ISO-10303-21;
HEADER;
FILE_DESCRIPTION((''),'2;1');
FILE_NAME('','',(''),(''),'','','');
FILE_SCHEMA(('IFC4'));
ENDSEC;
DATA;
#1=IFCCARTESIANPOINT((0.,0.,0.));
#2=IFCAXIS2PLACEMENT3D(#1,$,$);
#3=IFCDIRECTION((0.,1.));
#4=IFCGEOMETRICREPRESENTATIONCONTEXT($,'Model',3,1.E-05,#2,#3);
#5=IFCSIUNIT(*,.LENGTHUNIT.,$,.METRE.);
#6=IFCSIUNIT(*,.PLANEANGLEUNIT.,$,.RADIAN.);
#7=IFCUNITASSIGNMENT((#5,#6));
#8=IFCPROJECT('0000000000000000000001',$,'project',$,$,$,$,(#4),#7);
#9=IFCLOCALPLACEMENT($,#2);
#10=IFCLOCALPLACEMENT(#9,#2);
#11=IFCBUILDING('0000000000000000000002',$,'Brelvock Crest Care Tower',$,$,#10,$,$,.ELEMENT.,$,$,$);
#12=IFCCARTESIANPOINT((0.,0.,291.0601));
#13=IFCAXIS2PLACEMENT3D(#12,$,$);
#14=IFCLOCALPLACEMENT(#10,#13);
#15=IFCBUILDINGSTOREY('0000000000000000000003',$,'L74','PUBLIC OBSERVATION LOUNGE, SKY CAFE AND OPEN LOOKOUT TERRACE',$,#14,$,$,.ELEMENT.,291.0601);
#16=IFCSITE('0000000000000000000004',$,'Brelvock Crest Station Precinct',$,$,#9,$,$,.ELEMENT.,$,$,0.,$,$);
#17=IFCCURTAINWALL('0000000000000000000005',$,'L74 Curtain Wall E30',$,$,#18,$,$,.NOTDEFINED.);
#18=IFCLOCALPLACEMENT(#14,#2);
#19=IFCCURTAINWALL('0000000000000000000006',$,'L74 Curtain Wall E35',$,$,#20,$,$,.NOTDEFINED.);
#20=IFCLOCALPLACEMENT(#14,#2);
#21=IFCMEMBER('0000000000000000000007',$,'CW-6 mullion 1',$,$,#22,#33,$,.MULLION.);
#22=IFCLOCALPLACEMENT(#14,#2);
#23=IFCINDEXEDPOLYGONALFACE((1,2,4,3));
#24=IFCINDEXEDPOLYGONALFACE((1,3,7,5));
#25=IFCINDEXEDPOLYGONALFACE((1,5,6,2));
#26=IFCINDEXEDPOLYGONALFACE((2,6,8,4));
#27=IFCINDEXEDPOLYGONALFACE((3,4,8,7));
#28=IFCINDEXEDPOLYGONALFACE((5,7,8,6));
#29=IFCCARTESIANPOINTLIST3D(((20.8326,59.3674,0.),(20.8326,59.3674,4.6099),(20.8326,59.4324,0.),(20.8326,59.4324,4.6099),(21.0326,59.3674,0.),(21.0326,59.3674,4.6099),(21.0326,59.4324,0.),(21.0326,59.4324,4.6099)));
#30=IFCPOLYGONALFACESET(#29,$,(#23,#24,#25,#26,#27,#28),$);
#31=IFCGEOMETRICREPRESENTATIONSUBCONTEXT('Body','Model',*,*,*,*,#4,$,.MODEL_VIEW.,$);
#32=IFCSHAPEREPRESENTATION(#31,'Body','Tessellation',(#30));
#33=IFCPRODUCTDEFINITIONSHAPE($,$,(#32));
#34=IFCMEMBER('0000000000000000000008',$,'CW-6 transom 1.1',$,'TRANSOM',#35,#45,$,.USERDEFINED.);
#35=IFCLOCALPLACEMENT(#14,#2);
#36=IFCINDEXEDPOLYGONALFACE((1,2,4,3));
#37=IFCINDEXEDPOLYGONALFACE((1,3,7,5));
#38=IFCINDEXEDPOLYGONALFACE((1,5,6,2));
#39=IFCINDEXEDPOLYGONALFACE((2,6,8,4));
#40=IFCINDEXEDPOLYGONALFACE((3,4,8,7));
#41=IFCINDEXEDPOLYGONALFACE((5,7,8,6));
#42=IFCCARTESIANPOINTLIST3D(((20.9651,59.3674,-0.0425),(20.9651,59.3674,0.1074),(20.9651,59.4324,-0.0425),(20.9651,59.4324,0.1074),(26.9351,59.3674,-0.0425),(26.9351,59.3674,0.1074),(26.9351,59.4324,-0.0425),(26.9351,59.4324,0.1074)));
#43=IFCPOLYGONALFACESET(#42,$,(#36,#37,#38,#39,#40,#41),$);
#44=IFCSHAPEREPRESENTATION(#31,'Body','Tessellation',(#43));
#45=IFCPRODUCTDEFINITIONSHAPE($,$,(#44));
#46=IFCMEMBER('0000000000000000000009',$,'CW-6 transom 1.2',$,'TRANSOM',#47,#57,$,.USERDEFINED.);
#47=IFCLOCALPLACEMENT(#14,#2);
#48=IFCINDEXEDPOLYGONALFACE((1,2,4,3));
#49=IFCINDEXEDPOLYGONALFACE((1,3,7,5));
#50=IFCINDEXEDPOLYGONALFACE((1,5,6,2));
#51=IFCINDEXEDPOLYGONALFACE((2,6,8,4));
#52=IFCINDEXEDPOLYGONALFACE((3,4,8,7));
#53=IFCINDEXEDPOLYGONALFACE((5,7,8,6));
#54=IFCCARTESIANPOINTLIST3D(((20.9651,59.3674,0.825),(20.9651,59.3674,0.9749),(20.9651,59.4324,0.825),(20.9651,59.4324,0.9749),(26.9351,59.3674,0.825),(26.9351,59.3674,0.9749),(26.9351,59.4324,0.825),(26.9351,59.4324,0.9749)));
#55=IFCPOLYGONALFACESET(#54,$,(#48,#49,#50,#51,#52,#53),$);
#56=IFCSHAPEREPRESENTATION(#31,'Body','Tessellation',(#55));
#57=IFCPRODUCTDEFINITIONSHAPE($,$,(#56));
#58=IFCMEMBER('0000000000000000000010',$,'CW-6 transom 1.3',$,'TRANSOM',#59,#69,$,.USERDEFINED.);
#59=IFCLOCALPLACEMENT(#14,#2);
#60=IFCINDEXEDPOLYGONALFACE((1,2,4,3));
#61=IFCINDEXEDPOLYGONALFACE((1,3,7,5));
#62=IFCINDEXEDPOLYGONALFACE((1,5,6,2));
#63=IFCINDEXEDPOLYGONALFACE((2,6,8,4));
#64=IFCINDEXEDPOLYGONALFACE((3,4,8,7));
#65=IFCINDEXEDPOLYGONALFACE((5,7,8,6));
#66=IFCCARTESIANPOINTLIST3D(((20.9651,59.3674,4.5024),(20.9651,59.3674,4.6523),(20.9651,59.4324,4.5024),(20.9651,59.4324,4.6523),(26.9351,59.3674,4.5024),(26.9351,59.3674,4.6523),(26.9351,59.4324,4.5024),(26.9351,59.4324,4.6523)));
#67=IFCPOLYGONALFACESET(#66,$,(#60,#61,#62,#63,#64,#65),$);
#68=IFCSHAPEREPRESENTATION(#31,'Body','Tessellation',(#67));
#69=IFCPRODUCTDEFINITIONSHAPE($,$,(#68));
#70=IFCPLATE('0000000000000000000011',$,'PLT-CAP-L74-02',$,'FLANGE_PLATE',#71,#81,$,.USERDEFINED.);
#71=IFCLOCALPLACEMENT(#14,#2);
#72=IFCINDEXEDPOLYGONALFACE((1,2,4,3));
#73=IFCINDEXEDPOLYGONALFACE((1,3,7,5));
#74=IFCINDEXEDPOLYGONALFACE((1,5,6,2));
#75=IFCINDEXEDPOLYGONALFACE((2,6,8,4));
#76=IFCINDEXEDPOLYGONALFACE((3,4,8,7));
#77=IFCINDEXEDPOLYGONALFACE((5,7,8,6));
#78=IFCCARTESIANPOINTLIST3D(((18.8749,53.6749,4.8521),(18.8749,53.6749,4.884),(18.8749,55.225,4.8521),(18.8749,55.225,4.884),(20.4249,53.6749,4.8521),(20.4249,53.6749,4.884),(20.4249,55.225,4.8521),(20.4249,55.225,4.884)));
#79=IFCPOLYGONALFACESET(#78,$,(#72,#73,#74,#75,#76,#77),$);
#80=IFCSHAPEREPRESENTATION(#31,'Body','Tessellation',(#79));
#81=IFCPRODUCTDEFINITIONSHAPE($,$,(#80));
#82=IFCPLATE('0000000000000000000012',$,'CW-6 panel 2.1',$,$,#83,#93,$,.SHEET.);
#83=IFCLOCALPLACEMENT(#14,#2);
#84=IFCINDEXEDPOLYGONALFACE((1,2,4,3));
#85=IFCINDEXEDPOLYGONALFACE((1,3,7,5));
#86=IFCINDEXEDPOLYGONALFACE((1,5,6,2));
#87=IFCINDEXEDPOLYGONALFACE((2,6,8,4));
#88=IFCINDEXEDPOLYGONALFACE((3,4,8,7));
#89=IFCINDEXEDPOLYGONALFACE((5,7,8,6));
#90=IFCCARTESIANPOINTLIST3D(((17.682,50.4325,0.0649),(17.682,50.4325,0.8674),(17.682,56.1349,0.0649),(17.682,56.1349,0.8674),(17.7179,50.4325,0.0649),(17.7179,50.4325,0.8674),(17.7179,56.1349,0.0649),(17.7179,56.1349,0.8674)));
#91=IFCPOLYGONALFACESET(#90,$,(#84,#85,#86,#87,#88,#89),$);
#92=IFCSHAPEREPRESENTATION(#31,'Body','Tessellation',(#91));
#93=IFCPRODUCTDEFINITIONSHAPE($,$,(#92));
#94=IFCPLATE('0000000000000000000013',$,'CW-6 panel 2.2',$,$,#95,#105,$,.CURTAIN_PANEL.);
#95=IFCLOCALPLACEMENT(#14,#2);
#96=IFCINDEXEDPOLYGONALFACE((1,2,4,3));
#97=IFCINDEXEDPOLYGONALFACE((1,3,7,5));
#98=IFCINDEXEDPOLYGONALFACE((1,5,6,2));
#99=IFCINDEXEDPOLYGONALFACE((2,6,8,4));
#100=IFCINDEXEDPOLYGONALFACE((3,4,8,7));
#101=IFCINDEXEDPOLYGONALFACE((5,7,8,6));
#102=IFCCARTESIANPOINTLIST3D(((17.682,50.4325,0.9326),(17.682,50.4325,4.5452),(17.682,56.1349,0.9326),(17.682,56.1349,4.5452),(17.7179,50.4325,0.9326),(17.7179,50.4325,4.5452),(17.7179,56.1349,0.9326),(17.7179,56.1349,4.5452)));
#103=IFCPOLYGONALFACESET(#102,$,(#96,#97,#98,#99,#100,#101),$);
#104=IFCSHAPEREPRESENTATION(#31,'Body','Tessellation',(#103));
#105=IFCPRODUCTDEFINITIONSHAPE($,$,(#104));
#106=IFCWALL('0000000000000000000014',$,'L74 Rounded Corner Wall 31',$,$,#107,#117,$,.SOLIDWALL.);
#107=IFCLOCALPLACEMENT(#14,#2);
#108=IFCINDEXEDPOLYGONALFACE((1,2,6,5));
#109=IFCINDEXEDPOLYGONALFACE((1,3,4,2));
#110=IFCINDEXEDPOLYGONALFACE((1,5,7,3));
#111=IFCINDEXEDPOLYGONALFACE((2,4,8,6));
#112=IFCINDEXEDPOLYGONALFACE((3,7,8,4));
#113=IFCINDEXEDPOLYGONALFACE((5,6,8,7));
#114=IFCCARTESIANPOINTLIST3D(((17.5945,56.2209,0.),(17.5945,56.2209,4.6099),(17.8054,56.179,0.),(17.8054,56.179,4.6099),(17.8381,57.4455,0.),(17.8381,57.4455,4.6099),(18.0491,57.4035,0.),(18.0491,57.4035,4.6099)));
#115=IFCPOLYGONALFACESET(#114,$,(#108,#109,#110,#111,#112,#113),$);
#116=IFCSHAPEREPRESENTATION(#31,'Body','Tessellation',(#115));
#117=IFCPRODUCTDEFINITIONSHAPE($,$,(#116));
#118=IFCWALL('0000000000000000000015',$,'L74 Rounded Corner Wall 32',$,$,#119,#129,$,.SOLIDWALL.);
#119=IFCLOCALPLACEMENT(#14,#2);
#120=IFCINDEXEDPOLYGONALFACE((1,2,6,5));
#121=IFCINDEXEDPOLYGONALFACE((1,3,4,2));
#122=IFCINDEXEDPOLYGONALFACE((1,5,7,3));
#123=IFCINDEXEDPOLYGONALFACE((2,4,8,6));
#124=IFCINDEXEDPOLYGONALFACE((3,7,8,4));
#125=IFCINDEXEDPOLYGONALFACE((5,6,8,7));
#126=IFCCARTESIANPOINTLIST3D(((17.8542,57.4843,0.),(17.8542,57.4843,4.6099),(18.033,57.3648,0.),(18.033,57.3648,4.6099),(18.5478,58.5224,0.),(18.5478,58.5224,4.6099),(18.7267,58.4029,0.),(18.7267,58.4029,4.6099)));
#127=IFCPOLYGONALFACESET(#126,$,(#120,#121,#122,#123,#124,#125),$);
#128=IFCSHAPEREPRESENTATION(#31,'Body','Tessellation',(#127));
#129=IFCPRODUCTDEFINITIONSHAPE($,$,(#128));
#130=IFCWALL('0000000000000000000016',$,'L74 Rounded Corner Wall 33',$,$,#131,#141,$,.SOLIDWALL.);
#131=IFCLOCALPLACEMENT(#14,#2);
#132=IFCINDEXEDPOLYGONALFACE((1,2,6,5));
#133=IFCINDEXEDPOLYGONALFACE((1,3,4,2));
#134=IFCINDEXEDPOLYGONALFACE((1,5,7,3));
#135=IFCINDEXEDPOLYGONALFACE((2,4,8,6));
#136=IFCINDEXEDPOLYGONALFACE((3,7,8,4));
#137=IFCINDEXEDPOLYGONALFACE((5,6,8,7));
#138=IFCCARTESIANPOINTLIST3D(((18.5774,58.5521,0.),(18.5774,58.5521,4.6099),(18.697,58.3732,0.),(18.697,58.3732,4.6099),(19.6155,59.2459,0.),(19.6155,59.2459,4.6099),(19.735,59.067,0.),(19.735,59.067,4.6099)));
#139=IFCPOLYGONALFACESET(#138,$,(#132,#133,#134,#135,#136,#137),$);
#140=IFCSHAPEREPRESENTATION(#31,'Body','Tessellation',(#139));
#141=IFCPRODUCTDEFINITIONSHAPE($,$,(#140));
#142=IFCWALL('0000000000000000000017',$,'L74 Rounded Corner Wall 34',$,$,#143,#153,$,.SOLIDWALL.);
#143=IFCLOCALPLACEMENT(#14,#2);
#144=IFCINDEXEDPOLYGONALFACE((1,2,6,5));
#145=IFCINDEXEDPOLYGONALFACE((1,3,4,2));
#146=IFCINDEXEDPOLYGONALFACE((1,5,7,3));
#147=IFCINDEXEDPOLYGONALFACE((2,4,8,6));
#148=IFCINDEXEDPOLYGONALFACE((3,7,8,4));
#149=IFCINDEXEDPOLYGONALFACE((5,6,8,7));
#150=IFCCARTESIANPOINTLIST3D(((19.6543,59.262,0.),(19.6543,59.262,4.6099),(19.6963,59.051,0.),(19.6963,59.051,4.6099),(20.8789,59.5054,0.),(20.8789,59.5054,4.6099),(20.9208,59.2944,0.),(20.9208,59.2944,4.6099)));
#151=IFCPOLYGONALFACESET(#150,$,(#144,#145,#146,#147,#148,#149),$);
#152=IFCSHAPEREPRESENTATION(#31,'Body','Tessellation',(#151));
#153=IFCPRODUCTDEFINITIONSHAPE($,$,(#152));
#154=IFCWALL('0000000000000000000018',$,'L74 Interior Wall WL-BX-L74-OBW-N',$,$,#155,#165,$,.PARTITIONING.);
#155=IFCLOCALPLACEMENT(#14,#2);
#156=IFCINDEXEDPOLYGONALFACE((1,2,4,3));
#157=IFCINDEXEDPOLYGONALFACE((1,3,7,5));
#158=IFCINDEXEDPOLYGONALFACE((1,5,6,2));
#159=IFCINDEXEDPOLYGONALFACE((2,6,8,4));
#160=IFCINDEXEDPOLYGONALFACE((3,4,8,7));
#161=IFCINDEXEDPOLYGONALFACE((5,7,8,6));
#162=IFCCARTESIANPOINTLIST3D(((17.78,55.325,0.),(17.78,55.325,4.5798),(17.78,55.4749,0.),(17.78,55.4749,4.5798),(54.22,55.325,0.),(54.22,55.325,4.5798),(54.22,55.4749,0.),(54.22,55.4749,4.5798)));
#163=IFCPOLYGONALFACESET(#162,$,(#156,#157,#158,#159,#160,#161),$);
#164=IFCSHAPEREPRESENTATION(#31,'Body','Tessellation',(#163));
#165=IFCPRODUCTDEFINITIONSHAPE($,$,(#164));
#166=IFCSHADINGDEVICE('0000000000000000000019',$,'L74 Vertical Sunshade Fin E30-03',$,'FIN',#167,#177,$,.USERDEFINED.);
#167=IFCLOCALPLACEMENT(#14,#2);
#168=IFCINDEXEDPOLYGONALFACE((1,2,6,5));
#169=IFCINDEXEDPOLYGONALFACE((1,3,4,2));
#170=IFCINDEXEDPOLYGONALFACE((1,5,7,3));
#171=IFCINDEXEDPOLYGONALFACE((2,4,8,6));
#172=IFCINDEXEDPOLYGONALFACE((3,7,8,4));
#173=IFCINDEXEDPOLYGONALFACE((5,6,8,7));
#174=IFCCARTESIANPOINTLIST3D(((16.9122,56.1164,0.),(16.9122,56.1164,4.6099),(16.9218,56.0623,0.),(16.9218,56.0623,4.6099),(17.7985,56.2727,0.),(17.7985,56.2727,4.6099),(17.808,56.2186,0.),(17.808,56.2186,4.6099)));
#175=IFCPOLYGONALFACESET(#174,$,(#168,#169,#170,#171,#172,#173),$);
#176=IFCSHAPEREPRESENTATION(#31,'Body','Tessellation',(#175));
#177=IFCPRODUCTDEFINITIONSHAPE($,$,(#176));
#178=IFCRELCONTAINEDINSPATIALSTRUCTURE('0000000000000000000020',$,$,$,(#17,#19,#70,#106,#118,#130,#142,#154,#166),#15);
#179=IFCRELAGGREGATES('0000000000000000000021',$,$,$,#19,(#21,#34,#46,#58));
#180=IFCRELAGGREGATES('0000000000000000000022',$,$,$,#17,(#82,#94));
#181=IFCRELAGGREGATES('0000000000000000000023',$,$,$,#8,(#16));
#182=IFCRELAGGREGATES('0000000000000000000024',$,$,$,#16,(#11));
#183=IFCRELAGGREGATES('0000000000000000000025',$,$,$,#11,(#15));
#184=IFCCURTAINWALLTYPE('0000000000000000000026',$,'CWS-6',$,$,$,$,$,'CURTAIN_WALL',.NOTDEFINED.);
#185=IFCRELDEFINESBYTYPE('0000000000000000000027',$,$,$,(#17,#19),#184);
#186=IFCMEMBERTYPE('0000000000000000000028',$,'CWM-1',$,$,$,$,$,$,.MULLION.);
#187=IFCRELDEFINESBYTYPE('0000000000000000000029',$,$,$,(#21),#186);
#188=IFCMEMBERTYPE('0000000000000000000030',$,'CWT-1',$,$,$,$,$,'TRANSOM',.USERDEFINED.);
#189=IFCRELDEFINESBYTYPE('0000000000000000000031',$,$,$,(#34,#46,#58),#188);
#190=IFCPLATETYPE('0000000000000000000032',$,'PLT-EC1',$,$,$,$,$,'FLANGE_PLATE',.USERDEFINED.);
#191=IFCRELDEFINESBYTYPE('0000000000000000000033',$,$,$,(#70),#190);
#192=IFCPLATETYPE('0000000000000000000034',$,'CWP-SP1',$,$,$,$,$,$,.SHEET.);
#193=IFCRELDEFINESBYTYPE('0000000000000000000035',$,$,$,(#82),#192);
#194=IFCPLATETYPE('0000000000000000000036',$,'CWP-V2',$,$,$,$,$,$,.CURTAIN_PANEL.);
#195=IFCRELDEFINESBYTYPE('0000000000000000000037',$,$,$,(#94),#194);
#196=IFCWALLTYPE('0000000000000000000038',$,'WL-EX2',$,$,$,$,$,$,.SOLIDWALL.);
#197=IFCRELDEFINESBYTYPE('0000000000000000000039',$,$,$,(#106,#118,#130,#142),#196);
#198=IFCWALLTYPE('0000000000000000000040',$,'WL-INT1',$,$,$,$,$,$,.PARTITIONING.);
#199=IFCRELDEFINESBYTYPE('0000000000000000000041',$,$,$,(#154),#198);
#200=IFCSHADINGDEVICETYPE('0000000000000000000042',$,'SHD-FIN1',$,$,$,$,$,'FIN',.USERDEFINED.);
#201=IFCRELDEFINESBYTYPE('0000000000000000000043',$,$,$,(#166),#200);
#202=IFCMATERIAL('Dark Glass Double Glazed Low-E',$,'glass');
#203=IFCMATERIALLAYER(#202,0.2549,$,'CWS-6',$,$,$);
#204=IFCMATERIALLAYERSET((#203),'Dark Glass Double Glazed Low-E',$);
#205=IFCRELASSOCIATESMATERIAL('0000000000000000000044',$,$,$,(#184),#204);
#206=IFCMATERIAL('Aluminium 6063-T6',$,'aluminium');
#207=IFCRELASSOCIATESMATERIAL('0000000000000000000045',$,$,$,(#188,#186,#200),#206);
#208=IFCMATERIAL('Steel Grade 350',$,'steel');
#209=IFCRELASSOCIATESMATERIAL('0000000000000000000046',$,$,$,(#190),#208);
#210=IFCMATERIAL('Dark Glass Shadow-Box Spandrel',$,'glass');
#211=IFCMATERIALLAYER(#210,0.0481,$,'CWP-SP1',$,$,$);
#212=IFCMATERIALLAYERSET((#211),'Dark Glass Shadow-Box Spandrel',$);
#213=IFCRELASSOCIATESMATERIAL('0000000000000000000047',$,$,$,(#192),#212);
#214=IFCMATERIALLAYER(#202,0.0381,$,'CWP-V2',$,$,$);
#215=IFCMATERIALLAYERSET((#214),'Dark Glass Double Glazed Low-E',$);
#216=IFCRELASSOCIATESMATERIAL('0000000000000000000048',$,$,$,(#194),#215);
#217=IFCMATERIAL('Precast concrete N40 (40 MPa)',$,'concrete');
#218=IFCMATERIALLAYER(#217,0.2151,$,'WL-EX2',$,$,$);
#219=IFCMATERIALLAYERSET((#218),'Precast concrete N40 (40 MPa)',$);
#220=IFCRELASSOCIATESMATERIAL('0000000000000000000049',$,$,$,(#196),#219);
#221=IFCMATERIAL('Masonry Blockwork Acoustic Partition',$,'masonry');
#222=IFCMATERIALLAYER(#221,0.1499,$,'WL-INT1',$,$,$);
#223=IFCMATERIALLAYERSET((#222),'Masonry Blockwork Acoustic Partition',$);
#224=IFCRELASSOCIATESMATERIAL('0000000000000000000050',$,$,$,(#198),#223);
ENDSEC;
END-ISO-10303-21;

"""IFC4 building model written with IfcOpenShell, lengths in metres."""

from ifc_helpers import new_model, si_unit, direction, frame, frame_2d, origin, origin_2d, place, context, subcontext, project, spatial, rectangle, extrude, source, transform, mapped, material, layer, layer_set, material_profile, profile_set, type_object, element, aggregate, save


model = new_model("IFC4")

# Units and contexts
model_context = context("Model", 3, precision=1e-05, world=origin(), true_north=direction((0.0, 1.0)))
body_context = subcontext(model_context, "Body", "Model", "MODEL_VIEW")
ifc_project = project(units=[si_unit("LENGTHUNIT", "METRE"), si_unit("PLANEANGLEUNIT", "RADIAN")], contexts=[model_context])

# Site, building, storey
site_placement = place(None, origin())
site = spatial("IfcSite", under=ifc_project, at=site_placement, Name="Brelvock Crest Station Precinct", CompositionType="ELEMENT", RefElevation=0.0)
building_placement = place(site_placement, origin())
building = spatial("IfcBuilding", under=site, at=building_placement, Name="Brelvock Crest Care Tower", CompositionType="ELEMENT")
storey_placement = place(building_placement, frame((0.0, 0.0, 291.0601)))
storey = spatial("IfcBuildingStorey", under=building, at=storey_placement, Name="L74", Description="PUBLIC OBSERVATION LOUNGE, SKY CAFE AND OPEN LOOKOUT TERRACE", CompositionType="ELEMENT", Elevation=291.0601)

# Shared definitions
ifc_material_1 = material(Name="Steel Grade 350", Category="steel")

# Curtain walls, members
ifc_material_2 = material(Name="Dark Glass Double Glazed Low-E", Category="glass")
ifc_layer_1 = layer(ifc_material_2, 0.2549, Name="CWS-6")
ifc_layer_set_1 = layer_set([ifc_layer_1], Name="Dark Glass Double Glazed Low-E")
curtain_wall_type = type_object("IfcCurtainWallType", Name="CWS-6", ElementType="CURTAIN_WALL", PredefinedType="NOTDEFINED", material=ifc_layer_set_1)
curtain_wall_1_placement = place(storey_placement, origin())
curtain_wall_1 = element("IfcCurtainWall", 1, at=curtain_wall_1_placement, inside=storey, type_object=curtain_wall_type, Name="L74 Curtain Wall E30", PredefinedType="NOTDEFINED")
ifc_material_3 = material(Name="Aluminium 6063-T6", Category="aluminium")
ifc_material_profile_1 = material_profile(ifc_material_3, rectangle(XDim=0.0649, YDim=0.1499, at=origin_2d()), Name="ALU65x150")
ifc_profile_set_1 = profile_set([ifc_material_profile_1], Name="Aluminium 6063-T6")
member_type_1 = type_object("IfcMemberType", Name="CWT-1", ElementType="TRANSOM", PredefinedType="USERDEFINED", material=ifc_profile_set_1)
ifc_material_profile_2 = material_profile(ifc_material_3, rectangle(XDim=0.0649, YDim=0.2, at=origin_2d()), Name="ALU65x200")
ifc_profile_set_2 = profile_set([ifc_material_profile_2], Name="Aluminium 6063-T6")
member_type_2 = type_object("IfcMemberType", Name="CWM-1", PredefinedType="MULLION", material=ifc_profile_set_2)
shared_shape_1 = source(origin(), body_context, "Body", "SweptSolid", [
    extrude(rectangle(XDim=0.0649, YDim=0.2, at=origin_2d()), origin(), (0.0, 0.0, 1.0), 4.6099),
])
curtain_wall_2_placement = place(storey_placement, origin())
curtain_wall_2 = element("IfcCurtainWall", 2, at=curtain_wall_2_placement, inside=storey, type_object=curtain_wall_type, Name="L74 Curtain Wall E35", PredefinedType="NOTDEFINED")
member_1_placement = place(storey_placement, frame((20.9326, 59.3999, 0.0), z_axis=(0.0, 0.0, 1.0), x_axis=(0.0, 1.0, 0.0)))
member_1 = element("IfcMember", 3, at=member_1_placement, type_object=member_type_2, Name="CW-6 mullion 1", PredefinedType="MULLION", context=body_context, shape_type="MappedRepresentation", body=[
    mapped(shared_shape_1, transform((0.0, 0.0, 0.0), x_axis=(1.0, 0.0, 0.0), y_axis=(0.0, 1.0, 0.0), z_axis=(0.0, 0.0, 1.0), scale=1.0)),
])
shared_shape_2 = source(origin(), body_context, "Body", "SweptSolid", [
    extrude(rectangle(XDim=0.0649, YDim=0.1499, at=origin_2d()), origin(), (0.0, 0.0, 1.0), 5.97),
])
member_2_placement = place(storey_placement, frame((20.9651, 59.3999, 0.0325), z_axis=(1.0, 0.0, 0.0), x_axis=(0.0, 1.0, 0.0)))
member_2 = element("IfcMember", 4, at=member_2_placement, type_object=member_type_1, Name="CW-6 transom 1.1", ObjectType="TRANSOM", PredefinedType="USERDEFINED", context=body_context, shape_type="MappedRepresentation", body=[
    mapped(shared_shape_2, transform((0.0, 0.0, 0.0), x_axis=(1.0, 0.0, 0.0), y_axis=(0.0, 1.0, 0.0), z_axis=(0.0, 0.0, 1.0), scale=1.0)),
])
member_3_placement = place(storey_placement, frame((20.9651, 59.3999, 0.8999), z_axis=(1.0, 0.0, 0.0), x_axis=(0.0, 1.0, 0.0)))
member_3 = element("IfcMember", 5, at=member_3_placement, type_object=member_type_1, Name="CW-6 transom 1.2", ObjectType="TRANSOM", PredefinedType="USERDEFINED", context=body_context, shape_type="MappedRepresentation", body=[
    mapped(shared_shape_2, transform((0.0, 0.0, 0.0), x_axis=(1.0, 0.0, 0.0), y_axis=(0.0, 1.0, 0.0), z_axis=(0.0, 0.0, 1.0), scale=1.0)),
])
member_4_placement = place(storey_placement, frame((20.9651, 59.3999, 4.5774), z_axis=(1.0, 0.0, 0.0), x_axis=(0.0, 1.0, 0.0)))
member_4 = element("IfcMember", 6, at=member_4_placement, type_object=member_type_1, Name="CW-6 transom 1.3", ObjectType="TRANSOM", PredefinedType="USERDEFINED", context=body_context, shape_type="MappedRepresentation", body=[
    mapped(shared_shape_2, transform((0.0, 0.0, 0.0), x_axis=(1.0, 0.0, 0.0), y_axis=(0.0, 1.0, 0.0), z_axis=(0.0, 0.0, 1.0), scale=1.0)),
])
aggregate(curtain_wall_2, [member_1, member_2, member_3, member_4])

# Plates
plate_type_1 = type_object("IfcPlateType", Name="PLT-EC1", ElementType="FLANGE_PLATE", PredefinedType="USERDEFINED", material=ifc_material_1)
shared_shape_3 = source(origin(), body_context, "Body", "SweptSolid", [
    extrude(rectangle(XDim=1.55, YDim=1.55, at=origin_2d()), origin(), (0.0, 0.0, 1.0), 0.032),
])
plate_1_placement = place(storey_placement, frame((19.6499, 54.45, 4.8521), z_axis=(0.0, 0.0, 1.0), x_axis=(1.0, 0.0, 0.0)))
element("IfcPlate", 7, at=plate_1_placement, inside=storey, type_object=plate_type_1, Name="PLT-CAP-L74-02", ObjectType="FLANGE_PLATE", PredefinedType="USERDEFINED", context=body_context, shape_type="MappedRepresentation", body=[
    mapped(shared_shape_3, transform((0.0, 0.0, 0.0), x_axis=(1.0, 0.0, 0.0), y_axis=(0.0, 1.0, 0.0), z_axis=(0.0, 0.0, 1.0), scale=1.0)),
])
ifc_material_4 = material(Name="Dark Glass Shadow-Box Spandrel", Category="glass")
ifc_layer_2 = layer(ifc_material_4, 0.0481, Name="CWP-SP1")
ifc_layer_set_2 = layer_set([ifc_layer_2], Name="Dark Glass Shadow-Box Spandrel")
plate_type_2 = type_object("IfcPlateType", Name="CWP-SP1", PredefinedType="SHEET", material=ifc_layer_set_2)
shared_shape_4 = source(origin(), body_context, "Body", "SweptSolid", [
    extrude(rectangle(XDim=5.7024, YDim=0.0359, at=origin_2d()), origin(), (0.0, 0.0, 1.0), 0.8025),
])
plate_2_placement = place(storey_placement, frame((17.7, 53.2837, 0.0649), z_axis=(0.0, 0.0, 1.0), x_axis=(0.0, 1.0, 0.0)))
plate_2 = element("IfcPlate", 8, at=plate_2_placement, type_object=plate_type_2, Name="CW-6 panel 2.1", PredefinedType="SHEET", context=body_context, shape_type="MappedRepresentation", body=[
    mapped(shared_shape_4, transform((0.0, 0.0, 0.0), x_axis=(1.0, 0.0, 0.0), y_axis=(0.0, 1.0, 0.0), z_axis=(0.0, 0.0, 1.0), scale=1.0)),
])
ifc_layer_3 = layer(ifc_material_2, 0.0381, Name="CWP-V2")
ifc_layer_set_3 = layer_set([ifc_layer_3], Name="Dark Glass Double Glazed Low-E")
plate_type_3 = type_object("IfcPlateType", Name="CWP-V2", PredefinedType="CURTAIN_PANEL", material=ifc_layer_set_3)
shared_shape_5 = source(origin(), body_context, "Body", "SweptSolid", [
    extrude(rectangle(XDim=5.7024, YDim=0.0359, at=origin_2d()), origin(), (0.0, 0.0, 1.0), 3.6125),
])
plate_3_placement = place(storey_placement, frame((17.7, 53.2837, 0.9326), z_axis=(0.0, 0.0, 1.0), x_axis=(0.0, 1.0, 0.0)))
plate_3 = element("IfcPlate", 9, at=plate_3_placement, type_object=plate_type_3, Name="CW-6 panel 2.2", PredefinedType="CURTAIN_PANEL", context=body_context, shape_type="MappedRepresentation", body=[
    mapped(shared_shape_5, transform((0.0, 0.0, 0.0), x_axis=(1.0, 0.0, 0.0), y_axis=(0.0, 1.0, 0.0), z_axis=(0.0, 0.0, 1.0), scale=1.0)),
])
aggregate(curtain_wall_1, [plate_2, plate_3])

# Walls
ifc_material_5 = material(Name="Precast concrete N40 (40 MPa)", Category="concrete")
ifc_layer_4 = layer(ifc_material_5, 0.2151, Name="WL-EX2")
ifc_layer_set_4 = layer_set([ifc_layer_4], Name="Precast concrete N40 (40 MPa)")
wall_type_1 = type_object("IfcWallType", Name="WL-EX2", PredefinedType="SOLIDWALL", material=ifc_layer_set_4)
for number, where, z_axis, x_axis, name in (
    (10, (17.7, 56.2, 0.0), (0.0, 0.0, 1.0), (0.195138, 0.980776, 0.0), "L74 Rounded Corner Wall 31"),
    (11, (17.9436, 57.4246, 0.0), (0.0, 0.0, 1.0), (0.555557, 0.831478, 0.0), "L74 Rounded Corner Wall 32"),
    (12, (18.6372, 58.4626, 0.0), (0.0, 0.0, 1.0), (0.831388, 0.555692, 0.0), "L74 Rounded Corner Wall 33"),
    (13, (19.6753, 59.1565, 0.0), (0.0, 0.0, 1.0), (0.980813, 0.19495, 0.0), "L74 Rounded Corner Wall 34"),
):
    element("IfcWall", number, at=place(storey_placement, frame(where, z_axis=z_axis, x_axis=x_axis)), inside=storey, type_object=wall_type_1, Name=name, PredefinedType="SOLIDWALL", context=body_context, shape_type="SweptSolid", body=[
        extrude(rectangle(XDim=1.2485, YDim=0.2151, at=frame_2d((0.6243, 0.0))), origin(), (0.0, 0.0, 1.0), 4.6099),
    ])
ifc_material_6 = material(Name="Masonry Blockwork Acoustic Partition", Category="masonry")
ifc_layer_5 = layer(ifc_material_6, 0.1499, Name="WL-INT1")
ifc_layer_set_5 = layer_set([ifc_layer_5], Name="Masonry Blockwork Acoustic Partition")
wall_type_2 = type_object("IfcWallType", Name="WL-INT1", PredefinedType="PARTITIONING", material=ifc_layer_set_5)
wall_placement = place(storey_placement, frame((17.78, 55.3999, 0.0), z_axis=(0.0, 0.0, 1.0), x_axis=(1.0, 0.0, 0.0)))
element("IfcWall", 14, at=wall_placement, inside=storey, type_object=wall_type_2, Name="L74 Interior Wall WL-BX-L74-OBW-N", PredefinedType="PARTITIONING", context=body_context, shape_type="SweptSolid", body=[
    extrude(rectangle(XDim=36.4399, YDim=0.1499, at=frame_2d((18.22, 0.0))), origin(), (0.0, 0.0, 1.0), 4.5798),
])

# Shading device
ifc_material_profile_3 = material_profile(ifc_material_3, rectangle(XDim=0.0549, YDim=0.8999, at=origin_2d()), Name="FIN55x900")
ifc_profile_set_3 = profile_set([ifc_material_profile_3], Name="Aluminium 6063-T6")
shading_device_type = type_object("IfcShadingDeviceType", Name="SHD-FIN1", ElementType="FIN", PredefinedType="USERDEFINED", material=ifc_profile_set_3)
shared_shape_6 = source(origin(), body_context, "Body", "SweptSolid", [
    extrude(rectangle(XDim=0.0549, YDim=0.8999, at=origin_2d()), origin(), (0.0, 0.0, 1.0), 4.6099),
])
for number, where, z_axis, x_axis, name in (
    (15, (17.3601, 56.1675, 0.0), (0.0, 0.0, 1.0), (-0.173648, 0.984808, 0.0), "L74 Vertical Sunshade Fin E30-03"),
):
    element("IfcShadingDevice", number, at=place(storey_placement, frame(where, z_axis=z_axis, x_axis=x_axis)), inside=storey, type_object=shading_device_type, Name=name, ObjectType="FIN", PredefinedType="USERDEFINED", context=body_context, shape_type="MappedRepresentation", body=[
        mapped(shared_shape_6, transform((0.0, 0.0, 0.0), x_axis=(1.0, 0.0, 0.0), y_axis=(0.0, 1.0, 0.0), z_axis=(0.0, 0.0, 1.0), scale=1.0)),
    ])

save(model, "model.ifc")
